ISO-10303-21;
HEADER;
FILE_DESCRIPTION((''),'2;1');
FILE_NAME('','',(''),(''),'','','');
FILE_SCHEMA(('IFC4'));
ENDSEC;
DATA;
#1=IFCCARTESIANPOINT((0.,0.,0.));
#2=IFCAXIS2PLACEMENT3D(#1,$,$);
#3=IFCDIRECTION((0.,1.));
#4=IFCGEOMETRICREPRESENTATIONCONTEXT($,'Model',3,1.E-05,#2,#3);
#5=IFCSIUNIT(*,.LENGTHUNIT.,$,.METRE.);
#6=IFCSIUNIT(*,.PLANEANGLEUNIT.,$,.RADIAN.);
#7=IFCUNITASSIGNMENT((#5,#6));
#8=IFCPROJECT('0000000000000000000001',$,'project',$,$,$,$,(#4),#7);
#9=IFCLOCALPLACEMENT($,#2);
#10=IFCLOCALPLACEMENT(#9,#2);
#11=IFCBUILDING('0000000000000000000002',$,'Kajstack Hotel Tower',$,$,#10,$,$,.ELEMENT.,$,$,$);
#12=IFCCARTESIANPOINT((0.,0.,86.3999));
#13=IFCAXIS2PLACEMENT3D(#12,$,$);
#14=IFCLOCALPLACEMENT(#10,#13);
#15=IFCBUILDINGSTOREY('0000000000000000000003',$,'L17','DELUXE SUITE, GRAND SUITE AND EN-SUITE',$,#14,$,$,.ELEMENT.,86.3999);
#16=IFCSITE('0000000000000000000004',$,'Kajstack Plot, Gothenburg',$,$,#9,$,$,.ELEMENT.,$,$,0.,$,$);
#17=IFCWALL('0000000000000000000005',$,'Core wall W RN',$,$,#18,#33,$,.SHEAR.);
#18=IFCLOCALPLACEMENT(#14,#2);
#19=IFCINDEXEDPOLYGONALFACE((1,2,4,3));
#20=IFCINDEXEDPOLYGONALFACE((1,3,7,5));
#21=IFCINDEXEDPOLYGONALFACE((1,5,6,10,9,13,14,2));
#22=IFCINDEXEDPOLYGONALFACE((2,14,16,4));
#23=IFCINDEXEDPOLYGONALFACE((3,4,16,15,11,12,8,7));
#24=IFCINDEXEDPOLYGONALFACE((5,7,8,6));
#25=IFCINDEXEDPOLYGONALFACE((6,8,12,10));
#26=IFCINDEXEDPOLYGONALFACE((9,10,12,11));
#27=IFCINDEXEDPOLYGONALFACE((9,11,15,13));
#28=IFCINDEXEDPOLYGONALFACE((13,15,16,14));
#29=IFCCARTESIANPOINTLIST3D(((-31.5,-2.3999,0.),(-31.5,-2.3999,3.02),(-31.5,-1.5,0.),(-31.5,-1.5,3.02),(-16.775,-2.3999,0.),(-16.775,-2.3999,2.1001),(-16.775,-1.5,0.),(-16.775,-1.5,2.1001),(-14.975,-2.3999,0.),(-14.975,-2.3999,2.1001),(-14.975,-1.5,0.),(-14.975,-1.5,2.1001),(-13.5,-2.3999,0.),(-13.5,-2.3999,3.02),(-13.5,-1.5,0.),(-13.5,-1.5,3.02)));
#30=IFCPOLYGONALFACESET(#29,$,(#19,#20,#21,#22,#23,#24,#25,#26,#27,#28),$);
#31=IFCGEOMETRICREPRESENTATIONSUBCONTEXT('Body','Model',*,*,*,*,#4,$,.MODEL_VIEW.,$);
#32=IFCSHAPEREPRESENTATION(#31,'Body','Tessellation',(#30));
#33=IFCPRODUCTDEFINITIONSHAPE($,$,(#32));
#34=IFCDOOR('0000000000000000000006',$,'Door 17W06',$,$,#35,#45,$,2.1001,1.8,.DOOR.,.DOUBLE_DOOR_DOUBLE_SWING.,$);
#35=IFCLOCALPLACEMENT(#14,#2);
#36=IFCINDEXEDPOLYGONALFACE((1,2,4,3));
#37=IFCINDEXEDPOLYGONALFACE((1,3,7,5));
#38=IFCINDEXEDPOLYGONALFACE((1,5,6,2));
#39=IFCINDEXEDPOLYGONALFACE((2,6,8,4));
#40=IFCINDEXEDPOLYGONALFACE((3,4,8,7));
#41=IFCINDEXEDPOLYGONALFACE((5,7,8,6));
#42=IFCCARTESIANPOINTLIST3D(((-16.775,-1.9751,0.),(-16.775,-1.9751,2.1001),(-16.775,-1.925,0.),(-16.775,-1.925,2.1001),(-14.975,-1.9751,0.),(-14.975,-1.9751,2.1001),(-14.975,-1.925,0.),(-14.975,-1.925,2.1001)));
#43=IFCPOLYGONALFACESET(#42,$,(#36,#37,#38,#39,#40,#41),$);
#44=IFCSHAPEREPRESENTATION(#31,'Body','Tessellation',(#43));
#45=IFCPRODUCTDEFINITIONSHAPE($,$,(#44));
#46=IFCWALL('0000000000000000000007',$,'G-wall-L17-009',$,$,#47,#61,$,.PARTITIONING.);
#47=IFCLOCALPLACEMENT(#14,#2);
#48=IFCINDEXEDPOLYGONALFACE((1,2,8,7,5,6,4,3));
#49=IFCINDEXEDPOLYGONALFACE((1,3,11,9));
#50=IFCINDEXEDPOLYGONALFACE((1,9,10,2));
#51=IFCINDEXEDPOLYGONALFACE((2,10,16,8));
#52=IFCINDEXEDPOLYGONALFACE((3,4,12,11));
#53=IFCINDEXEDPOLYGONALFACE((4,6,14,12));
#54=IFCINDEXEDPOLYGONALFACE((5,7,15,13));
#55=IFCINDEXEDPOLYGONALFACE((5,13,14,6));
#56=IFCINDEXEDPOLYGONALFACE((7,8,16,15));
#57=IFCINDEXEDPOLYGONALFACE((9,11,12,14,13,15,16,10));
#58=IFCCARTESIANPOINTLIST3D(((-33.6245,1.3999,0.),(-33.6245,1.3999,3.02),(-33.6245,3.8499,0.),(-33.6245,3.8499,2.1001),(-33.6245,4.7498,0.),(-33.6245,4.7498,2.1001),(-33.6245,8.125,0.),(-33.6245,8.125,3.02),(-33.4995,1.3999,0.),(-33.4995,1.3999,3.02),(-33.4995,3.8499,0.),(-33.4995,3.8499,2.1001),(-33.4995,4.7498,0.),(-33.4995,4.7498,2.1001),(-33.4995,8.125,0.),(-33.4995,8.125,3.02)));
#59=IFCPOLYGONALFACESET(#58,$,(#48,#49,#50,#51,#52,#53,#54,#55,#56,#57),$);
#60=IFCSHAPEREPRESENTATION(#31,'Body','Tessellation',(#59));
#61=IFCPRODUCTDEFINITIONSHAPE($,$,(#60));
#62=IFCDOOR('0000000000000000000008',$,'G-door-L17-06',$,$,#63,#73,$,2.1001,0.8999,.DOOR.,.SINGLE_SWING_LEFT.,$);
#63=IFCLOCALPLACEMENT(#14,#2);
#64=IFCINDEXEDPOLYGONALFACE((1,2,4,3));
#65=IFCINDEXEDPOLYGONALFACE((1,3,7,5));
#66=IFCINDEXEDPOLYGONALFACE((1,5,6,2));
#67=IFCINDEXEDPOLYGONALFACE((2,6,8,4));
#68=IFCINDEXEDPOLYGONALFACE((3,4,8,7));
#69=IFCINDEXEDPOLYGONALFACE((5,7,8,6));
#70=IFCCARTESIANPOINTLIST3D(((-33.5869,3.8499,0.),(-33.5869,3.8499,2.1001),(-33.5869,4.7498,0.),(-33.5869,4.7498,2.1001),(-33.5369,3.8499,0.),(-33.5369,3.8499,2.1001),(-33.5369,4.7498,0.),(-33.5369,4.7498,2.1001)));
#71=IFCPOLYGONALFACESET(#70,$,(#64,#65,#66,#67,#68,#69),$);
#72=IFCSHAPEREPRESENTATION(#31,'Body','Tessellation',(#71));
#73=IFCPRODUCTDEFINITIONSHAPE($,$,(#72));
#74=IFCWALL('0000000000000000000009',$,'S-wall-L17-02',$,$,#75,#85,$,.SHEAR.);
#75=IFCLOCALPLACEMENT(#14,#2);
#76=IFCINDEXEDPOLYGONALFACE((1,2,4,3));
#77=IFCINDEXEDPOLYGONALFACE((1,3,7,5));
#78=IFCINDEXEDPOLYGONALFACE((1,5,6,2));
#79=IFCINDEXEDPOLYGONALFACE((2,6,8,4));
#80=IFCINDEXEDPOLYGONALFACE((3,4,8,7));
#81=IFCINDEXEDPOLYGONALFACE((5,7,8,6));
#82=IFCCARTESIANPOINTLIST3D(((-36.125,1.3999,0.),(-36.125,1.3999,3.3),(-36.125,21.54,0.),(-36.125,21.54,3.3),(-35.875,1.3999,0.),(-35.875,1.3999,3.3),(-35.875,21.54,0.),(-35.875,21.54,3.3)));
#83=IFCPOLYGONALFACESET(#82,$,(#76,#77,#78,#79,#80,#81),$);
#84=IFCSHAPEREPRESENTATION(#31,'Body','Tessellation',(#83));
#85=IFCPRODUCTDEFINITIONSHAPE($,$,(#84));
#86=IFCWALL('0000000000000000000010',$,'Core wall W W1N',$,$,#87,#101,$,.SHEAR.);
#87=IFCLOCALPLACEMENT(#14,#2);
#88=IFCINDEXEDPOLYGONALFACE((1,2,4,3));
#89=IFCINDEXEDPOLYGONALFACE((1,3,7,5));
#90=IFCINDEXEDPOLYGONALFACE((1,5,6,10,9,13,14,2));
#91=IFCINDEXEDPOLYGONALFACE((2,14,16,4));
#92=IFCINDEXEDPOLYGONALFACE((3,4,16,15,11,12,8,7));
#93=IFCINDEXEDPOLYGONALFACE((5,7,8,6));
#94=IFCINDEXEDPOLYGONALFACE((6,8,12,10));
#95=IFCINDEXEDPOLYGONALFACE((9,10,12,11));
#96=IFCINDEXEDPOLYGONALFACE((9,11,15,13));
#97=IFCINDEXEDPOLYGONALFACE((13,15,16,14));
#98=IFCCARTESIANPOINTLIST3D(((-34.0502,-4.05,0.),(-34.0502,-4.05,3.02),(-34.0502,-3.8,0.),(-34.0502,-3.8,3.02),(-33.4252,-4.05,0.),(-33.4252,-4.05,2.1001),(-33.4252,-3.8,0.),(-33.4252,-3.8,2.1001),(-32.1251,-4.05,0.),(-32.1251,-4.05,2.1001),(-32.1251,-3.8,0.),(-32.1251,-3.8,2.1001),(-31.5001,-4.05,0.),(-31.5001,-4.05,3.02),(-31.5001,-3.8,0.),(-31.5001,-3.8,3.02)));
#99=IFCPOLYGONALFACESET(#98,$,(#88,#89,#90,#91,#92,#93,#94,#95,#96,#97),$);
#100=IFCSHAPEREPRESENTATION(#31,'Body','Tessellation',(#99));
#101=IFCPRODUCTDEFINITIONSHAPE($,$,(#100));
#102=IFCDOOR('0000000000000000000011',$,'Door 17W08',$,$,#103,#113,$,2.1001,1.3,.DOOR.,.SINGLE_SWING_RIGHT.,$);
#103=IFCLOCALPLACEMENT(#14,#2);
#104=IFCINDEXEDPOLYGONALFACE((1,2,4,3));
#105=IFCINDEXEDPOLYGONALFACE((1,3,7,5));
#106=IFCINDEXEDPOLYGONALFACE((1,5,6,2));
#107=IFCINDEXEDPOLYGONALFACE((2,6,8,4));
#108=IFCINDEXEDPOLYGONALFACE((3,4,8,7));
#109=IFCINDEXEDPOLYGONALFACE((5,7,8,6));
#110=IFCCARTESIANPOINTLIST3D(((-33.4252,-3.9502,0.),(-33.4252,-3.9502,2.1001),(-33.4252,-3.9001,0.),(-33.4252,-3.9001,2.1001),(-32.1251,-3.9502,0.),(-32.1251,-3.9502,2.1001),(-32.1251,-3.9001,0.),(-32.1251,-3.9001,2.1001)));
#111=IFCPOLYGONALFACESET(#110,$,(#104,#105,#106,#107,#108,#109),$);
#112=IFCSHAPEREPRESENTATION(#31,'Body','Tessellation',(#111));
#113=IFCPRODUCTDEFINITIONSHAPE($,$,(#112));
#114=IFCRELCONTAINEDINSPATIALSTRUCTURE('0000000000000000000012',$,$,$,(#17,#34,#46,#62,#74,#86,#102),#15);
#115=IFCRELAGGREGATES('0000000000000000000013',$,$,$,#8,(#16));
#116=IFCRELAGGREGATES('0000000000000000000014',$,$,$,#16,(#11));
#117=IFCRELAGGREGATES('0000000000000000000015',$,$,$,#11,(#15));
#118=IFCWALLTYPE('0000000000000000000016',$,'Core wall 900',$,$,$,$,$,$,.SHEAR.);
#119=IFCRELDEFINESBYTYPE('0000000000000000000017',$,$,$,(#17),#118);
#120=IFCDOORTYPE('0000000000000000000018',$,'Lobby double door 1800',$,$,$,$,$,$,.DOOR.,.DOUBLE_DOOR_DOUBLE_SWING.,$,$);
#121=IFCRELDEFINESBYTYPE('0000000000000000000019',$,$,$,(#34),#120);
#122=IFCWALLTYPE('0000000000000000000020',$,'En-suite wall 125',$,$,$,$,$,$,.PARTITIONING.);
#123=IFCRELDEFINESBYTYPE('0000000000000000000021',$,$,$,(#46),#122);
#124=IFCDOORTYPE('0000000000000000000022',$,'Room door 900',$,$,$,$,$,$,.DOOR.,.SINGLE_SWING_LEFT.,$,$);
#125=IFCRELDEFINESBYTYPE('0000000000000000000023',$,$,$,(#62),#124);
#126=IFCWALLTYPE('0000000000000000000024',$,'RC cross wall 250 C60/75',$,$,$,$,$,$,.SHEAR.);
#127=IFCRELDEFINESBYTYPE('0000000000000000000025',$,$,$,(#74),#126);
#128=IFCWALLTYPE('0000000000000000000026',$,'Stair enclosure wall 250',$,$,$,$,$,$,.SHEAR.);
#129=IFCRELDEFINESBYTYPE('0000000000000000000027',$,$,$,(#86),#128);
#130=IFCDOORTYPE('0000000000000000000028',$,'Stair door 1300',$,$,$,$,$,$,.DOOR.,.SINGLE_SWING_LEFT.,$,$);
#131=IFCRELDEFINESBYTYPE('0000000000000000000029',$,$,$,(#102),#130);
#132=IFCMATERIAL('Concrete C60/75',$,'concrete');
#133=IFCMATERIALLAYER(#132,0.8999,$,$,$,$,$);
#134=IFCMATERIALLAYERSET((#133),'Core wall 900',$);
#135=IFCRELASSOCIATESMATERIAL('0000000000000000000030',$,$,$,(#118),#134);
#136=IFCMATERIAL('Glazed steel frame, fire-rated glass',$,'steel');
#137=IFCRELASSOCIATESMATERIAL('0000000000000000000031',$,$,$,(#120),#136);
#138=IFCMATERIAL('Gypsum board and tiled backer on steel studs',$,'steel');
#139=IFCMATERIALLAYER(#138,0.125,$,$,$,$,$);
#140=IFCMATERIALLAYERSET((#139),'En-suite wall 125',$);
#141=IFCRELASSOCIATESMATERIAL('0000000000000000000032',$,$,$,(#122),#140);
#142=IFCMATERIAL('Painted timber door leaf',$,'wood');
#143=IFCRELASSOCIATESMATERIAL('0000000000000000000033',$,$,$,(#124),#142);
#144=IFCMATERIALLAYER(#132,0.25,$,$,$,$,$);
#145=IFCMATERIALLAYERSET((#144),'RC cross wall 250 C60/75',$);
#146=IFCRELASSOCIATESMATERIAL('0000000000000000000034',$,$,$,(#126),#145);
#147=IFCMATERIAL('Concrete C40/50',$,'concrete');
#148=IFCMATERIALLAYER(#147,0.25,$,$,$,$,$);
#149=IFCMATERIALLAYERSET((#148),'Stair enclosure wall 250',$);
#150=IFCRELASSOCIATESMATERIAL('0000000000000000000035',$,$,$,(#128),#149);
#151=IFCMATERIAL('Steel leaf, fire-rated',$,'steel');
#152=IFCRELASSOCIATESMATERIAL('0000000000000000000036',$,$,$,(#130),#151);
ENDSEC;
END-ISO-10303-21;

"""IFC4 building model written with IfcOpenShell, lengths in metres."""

from ifc_helpers import new_model, si_unit, direction, frame, frame_2d, origin, place, context, subcontext, project, spatial, rectangle, extrude, material, layer, layer_set, type_object, element, fill, save


model = new_model("IFC4")

# Units and contexts
model_context = context("Model", 3, precision=1e-05, world=origin(), true_north=direction((0.0, 1.0)))
body_context = subcontext(model_context, "Body", "Model", "MODEL_VIEW")
ifc_project = project(units=[si_unit("LENGTHUNIT", "METRE"), si_unit("PLANEANGLEUNIT", "RADIAN")], contexts=[model_context])

# Site, building, storey
site_placement = place(None, origin())
site = spatial("IfcSite", under=ifc_project, at=site_placement, Name="Kajstack Plot, Gothenburg", CompositionType="ELEMENT", RefElevation=0.0)
building_placement = place(site_placement, origin())
building = spatial("IfcBuilding", under=site, at=building_placement, Name="Kajstack Hotel Tower", CompositionType="ELEMENT")
storey_placement = place(building_placement, frame((0.0, 0.0, 86.3999)))
storey = spatial("IfcBuildingStorey", under=building, at=storey_placement, Name="L17", Description="DELUXE SUITE, GRAND SUITE AND EN-SUITE", CompositionType="ELEMENT", Elevation=86.3999)

# Walls, openings, doors
ifc_material_1 = material(Name="Concrete C60/75", Category="concrete")
ifc_layer_1 = layer(ifc_material_1, 0.8999)
ifc_layer_set_1 = layer_set([ifc_layer_1], Name="Core wall 900")
wall_type_1 = type_object("IfcWallType", Name="Core wall 900", PredefinedType="SHEAR", material=ifc_layer_set_1)
wall_1_placement = place(storey_placement, frame((-31.5, -1.95, 0.0), z_axis=(0.0, 0.0, 1.0), x_axis=(1.0, 0.0, 0.0)))
wall_1 = element("IfcWall", 1, at=wall_1_placement, inside=storey, type_object=wall_type_1, Name="Core wall W RN", PredefinedType="SHEAR", context=body_context, shape_type="SweptSolid", body=[
    extrude(rectangle(XDim=18.0, YDim=0.8999, at=frame_2d((9.0, 0.0))), origin(), (0.0, 0.0, 1.0), 3.02),
])
opening_1_placement = place(wall_1_placement, frame((14.7251, 0.0, 0.0)))
opening_1 = element("IfcOpeningElement", 2, at=opening_1_placement, cuts=wall_1, PredefinedType="OPENING", context=body_context, shape_type="SweptSolid", body=[
    extrude(rectangle(XDim=1.8, YDim=2.1001, at=frame_2d((0.8999, 1.05))), frame((0.0, 0.46, 0.0), z_axis=(0.0, -1.0, 0.0), x_axis=(1.0, 0.0, 0.0)), (0.0, 0.0, 1.0), 0.9199),
])
ifc_material_2 = material(Name="Glazed steel frame, fire-rated glass", Category="steel")
door_type_1 = type_object("IfcDoorType", Name="Lobby double door 1800", OperationType="DOUBLE_DOOR_DOUBLE_SWING", PredefinedType="DOOR", material=ifc_material_2)
door_1_placement = place(opening_1_placement, origin())
door_1 = element("IfcDoor", 3, at=door_1_placement, inside=storey, type_object=door_type_1, Name="Door 17W06", OperationType="DOUBLE_DOOR_DOUBLE_SWING", OverallHeight=2.1001, OverallWidth=1.8, PredefinedType="DOOR", context=body_context, shape_type="SweptSolid", body=[
    extrude(rectangle(XDim=1.8, YDim=2.1001, at=frame_2d((0.8999, 1.05))), frame((0.0, 0.0249, 0.0), z_axis=(0.0, -1.0, 0.0), x_axis=(1.0, 0.0, 0.0)), (0.0, 0.0, 1.0), 0.05),
])
fill(opening_1, door_1)
ifc_material_3 = material(Name="Gypsum board and tiled backer on steel studs", Category="steel")
ifc_layer_2 = layer(ifc_material_3, 0.125)
ifc_layer_set_2 = layer_set([ifc_layer_2], Name="En-suite wall 125")
wall_type_2 = type_object("IfcWallType", Name="En-suite wall 125", PredefinedType="PARTITIONING", material=ifc_layer_set_2)
wall_2_placement = place(storey_placement, frame((-33.562, 1.3999, 0.0), z_axis=(0.0, 0.0, 1.0), x_axis=(0.0, 1.0, 0.0)))
wall_2 = element("IfcWall", 4, at=wall_2_placement, inside=storey, type_object=wall_type_2, Name="G-wall-L17-009", PredefinedType="PARTITIONING", context=body_context, shape_type="SweptSolid", body=[
    extrude(rectangle(XDim=6.7251, YDim=0.125, at=frame_2d((3.3625, 0.0))), origin(), (0.0, 0.0, 1.0), 3.02),
])
opening_2_placement = place(wall_2_placement, frame((2.45, 0.0, 0.0)))
opening_2 = element("IfcOpeningElement", 5, at=opening_2_placement, cuts=wall_2, PredefinedType="OPENING", context=body_context, shape_type="SweptSolid", body=[
    extrude(rectangle(XDim=0.8999, YDim=2.1001, at=frame_2d((0.45, 1.05))), frame((0.0, 0.0725, 0.0), z_axis=(0.0, -1.0, 0.0), x_axis=(1.0, 0.0, 0.0)), (0.0, 0.0, 1.0), 0.145),
])
ifc_material_4 = material(Name="Painted timber door leaf", Category="wood")
door_type_2 = type_object("IfcDoorType", Name="Room door 900", OperationType="SINGLE_SWING_LEFT", PredefinedType="DOOR", material=ifc_material_4)
door_2_placement = place(opening_2_placement, origin())
door_2 = element("IfcDoor", 6, at=door_2_placement, inside=storey, type_object=door_type_2, Name="G-door-L17-06", OperationType="SINGLE_SWING_LEFT", OverallHeight=2.1001, OverallWidth=0.8999, PredefinedType="DOOR", context=body_context, shape_type="SweptSolid", body=[
    extrude(rectangle(XDim=0.8999, YDim=2.1001, at=frame_2d((0.45, 1.05))), frame((0.0, 0.0249, 0.0), z_axis=(0.0, -1.0, 0.0), x_axis=(1.0, 0.0, 0.0)), (0.0, 0.0, 1.0), 0.05),
])
fill(opening_2, door_2)

# Wall
ifc_layer_3 = layer(ifc_material_1, 0.25)
ifc_layer_set_3 = layer_set([ifc_layer_3], Name="RC cross wall 250 C60/75")
wall_type_3 = type_object("IfcWallType", Name="RC cross wall 250 C60/75", PredefinedType="SHEAR", material=ifc_layer_set_3)
wall_3_placement = place(storey_placement, frame((-36.0, 1.3999, 0.0), z_axis=(0.0, 0.0, 1.0), x_axis=(0.0, 1.0, 0.0)))
element("IfcWall", 7, at=wall_3_placement, inside=storey, type_object=wall_type_3, Name="S-wall-L17-02", PredefinedType="SHEAR", context=body_context, shape_type="SweptSolid", body=[
    extrude(rectangle(XDim=20.1401, YDim=0.25, at=frame_2d((10.0701, 0.0))), origin(), (0.0, 0.0, 1.0), 3.3),
])

# Wall, opening, door
ifc_material_5 = material(Name="Concrete C40/50", Category="concrete")
ifc_layer_4 = layer(ifc_material_5, 0.25)
ifc_layer_set_4 = layer_set([ifc_layer_4], Name="Stair enclosure wall 250")
wall_type_4 = type_object("IfcWallType", Name="Stair enclosure wall 250", PredefinedType="SHEAR", material=ifc_layer_set_4)
wall_4_placement = place(storey_placement, frame((-34.05, -3.925, 0.0), z_axis=(0.0, 0.0, 1.0), x_axis=(1.0, 0.0, 0.0)))
wall_4 = element("IfcWall", 8, at=wall_4_placement, inside=storey, type_object=wall_type_4, Name="Core wall W W1N", PredefinedType="SHEAR", context=body_context, shape_type="SweptSolid", body=[
    extrude(rectangle(XDim=2.55, YDim=0.25, at=frame_2d((1.2749, 0.0))), origin(), (0.0, 0.0, 1.0), 3.02),
])
opening_3_placement = place(wall_4_placement, frame((0.625, 0.0, 0.0)))
opening_3 = element("IfcOpeningElement", 9, at=opening_3_placement, cuts=wall_4, PredefinedType="OPENING", context=body_context, shape_type="SweptSolid", body=[
    extrude(rectangle(XDim=1.3, YDim=2.1001, at=frame_2d((0.6499, 1.05))), frame((0.0, 0.135, 0.0), z_axis=(0.0, -1.0, 0.0), x_axis=(1.0, 0.0, 0.0)), (0.0, 0.0, 1.0), 0.27),
])
ifc_material_6 = material(Name="Steel leaf, fire-rated", Category="steel")
door_type_3 = type_object("IfcDoorType", Name="Stair door 1300", OperationType="SINGLE_SWING_LEFT", PredefinedType="DOOR", material=ifc_material_6)
door_3_placement = place(opening_3_placement, origin())
door_3 = element("IfcDoor", 10, at=door_3_placement, inside=storey, type_object=door_type_3, Name="Door 17W08", OperationType="SINGLE_SWING_RIGHT", OverallHeight=2.1001, OverallWidth=1.3, PredefinedType="DOOR", context=body_context, shape_type="SweptSolid", body=[
    extrude(rectangle(XDim=1.3, YDim=2.1001, at=frame_2d((0.6499, 1.05))), frame((0.0, 0.0249, 0.0), z_axis=(0.0, -1.0, 0.0), x_axis=(1.0, 0.0, 0.0)), (0.0, 0.0, 1.0), 0.05),
])
fill(opening_3, door_3)

save(model, "model.ifc")
